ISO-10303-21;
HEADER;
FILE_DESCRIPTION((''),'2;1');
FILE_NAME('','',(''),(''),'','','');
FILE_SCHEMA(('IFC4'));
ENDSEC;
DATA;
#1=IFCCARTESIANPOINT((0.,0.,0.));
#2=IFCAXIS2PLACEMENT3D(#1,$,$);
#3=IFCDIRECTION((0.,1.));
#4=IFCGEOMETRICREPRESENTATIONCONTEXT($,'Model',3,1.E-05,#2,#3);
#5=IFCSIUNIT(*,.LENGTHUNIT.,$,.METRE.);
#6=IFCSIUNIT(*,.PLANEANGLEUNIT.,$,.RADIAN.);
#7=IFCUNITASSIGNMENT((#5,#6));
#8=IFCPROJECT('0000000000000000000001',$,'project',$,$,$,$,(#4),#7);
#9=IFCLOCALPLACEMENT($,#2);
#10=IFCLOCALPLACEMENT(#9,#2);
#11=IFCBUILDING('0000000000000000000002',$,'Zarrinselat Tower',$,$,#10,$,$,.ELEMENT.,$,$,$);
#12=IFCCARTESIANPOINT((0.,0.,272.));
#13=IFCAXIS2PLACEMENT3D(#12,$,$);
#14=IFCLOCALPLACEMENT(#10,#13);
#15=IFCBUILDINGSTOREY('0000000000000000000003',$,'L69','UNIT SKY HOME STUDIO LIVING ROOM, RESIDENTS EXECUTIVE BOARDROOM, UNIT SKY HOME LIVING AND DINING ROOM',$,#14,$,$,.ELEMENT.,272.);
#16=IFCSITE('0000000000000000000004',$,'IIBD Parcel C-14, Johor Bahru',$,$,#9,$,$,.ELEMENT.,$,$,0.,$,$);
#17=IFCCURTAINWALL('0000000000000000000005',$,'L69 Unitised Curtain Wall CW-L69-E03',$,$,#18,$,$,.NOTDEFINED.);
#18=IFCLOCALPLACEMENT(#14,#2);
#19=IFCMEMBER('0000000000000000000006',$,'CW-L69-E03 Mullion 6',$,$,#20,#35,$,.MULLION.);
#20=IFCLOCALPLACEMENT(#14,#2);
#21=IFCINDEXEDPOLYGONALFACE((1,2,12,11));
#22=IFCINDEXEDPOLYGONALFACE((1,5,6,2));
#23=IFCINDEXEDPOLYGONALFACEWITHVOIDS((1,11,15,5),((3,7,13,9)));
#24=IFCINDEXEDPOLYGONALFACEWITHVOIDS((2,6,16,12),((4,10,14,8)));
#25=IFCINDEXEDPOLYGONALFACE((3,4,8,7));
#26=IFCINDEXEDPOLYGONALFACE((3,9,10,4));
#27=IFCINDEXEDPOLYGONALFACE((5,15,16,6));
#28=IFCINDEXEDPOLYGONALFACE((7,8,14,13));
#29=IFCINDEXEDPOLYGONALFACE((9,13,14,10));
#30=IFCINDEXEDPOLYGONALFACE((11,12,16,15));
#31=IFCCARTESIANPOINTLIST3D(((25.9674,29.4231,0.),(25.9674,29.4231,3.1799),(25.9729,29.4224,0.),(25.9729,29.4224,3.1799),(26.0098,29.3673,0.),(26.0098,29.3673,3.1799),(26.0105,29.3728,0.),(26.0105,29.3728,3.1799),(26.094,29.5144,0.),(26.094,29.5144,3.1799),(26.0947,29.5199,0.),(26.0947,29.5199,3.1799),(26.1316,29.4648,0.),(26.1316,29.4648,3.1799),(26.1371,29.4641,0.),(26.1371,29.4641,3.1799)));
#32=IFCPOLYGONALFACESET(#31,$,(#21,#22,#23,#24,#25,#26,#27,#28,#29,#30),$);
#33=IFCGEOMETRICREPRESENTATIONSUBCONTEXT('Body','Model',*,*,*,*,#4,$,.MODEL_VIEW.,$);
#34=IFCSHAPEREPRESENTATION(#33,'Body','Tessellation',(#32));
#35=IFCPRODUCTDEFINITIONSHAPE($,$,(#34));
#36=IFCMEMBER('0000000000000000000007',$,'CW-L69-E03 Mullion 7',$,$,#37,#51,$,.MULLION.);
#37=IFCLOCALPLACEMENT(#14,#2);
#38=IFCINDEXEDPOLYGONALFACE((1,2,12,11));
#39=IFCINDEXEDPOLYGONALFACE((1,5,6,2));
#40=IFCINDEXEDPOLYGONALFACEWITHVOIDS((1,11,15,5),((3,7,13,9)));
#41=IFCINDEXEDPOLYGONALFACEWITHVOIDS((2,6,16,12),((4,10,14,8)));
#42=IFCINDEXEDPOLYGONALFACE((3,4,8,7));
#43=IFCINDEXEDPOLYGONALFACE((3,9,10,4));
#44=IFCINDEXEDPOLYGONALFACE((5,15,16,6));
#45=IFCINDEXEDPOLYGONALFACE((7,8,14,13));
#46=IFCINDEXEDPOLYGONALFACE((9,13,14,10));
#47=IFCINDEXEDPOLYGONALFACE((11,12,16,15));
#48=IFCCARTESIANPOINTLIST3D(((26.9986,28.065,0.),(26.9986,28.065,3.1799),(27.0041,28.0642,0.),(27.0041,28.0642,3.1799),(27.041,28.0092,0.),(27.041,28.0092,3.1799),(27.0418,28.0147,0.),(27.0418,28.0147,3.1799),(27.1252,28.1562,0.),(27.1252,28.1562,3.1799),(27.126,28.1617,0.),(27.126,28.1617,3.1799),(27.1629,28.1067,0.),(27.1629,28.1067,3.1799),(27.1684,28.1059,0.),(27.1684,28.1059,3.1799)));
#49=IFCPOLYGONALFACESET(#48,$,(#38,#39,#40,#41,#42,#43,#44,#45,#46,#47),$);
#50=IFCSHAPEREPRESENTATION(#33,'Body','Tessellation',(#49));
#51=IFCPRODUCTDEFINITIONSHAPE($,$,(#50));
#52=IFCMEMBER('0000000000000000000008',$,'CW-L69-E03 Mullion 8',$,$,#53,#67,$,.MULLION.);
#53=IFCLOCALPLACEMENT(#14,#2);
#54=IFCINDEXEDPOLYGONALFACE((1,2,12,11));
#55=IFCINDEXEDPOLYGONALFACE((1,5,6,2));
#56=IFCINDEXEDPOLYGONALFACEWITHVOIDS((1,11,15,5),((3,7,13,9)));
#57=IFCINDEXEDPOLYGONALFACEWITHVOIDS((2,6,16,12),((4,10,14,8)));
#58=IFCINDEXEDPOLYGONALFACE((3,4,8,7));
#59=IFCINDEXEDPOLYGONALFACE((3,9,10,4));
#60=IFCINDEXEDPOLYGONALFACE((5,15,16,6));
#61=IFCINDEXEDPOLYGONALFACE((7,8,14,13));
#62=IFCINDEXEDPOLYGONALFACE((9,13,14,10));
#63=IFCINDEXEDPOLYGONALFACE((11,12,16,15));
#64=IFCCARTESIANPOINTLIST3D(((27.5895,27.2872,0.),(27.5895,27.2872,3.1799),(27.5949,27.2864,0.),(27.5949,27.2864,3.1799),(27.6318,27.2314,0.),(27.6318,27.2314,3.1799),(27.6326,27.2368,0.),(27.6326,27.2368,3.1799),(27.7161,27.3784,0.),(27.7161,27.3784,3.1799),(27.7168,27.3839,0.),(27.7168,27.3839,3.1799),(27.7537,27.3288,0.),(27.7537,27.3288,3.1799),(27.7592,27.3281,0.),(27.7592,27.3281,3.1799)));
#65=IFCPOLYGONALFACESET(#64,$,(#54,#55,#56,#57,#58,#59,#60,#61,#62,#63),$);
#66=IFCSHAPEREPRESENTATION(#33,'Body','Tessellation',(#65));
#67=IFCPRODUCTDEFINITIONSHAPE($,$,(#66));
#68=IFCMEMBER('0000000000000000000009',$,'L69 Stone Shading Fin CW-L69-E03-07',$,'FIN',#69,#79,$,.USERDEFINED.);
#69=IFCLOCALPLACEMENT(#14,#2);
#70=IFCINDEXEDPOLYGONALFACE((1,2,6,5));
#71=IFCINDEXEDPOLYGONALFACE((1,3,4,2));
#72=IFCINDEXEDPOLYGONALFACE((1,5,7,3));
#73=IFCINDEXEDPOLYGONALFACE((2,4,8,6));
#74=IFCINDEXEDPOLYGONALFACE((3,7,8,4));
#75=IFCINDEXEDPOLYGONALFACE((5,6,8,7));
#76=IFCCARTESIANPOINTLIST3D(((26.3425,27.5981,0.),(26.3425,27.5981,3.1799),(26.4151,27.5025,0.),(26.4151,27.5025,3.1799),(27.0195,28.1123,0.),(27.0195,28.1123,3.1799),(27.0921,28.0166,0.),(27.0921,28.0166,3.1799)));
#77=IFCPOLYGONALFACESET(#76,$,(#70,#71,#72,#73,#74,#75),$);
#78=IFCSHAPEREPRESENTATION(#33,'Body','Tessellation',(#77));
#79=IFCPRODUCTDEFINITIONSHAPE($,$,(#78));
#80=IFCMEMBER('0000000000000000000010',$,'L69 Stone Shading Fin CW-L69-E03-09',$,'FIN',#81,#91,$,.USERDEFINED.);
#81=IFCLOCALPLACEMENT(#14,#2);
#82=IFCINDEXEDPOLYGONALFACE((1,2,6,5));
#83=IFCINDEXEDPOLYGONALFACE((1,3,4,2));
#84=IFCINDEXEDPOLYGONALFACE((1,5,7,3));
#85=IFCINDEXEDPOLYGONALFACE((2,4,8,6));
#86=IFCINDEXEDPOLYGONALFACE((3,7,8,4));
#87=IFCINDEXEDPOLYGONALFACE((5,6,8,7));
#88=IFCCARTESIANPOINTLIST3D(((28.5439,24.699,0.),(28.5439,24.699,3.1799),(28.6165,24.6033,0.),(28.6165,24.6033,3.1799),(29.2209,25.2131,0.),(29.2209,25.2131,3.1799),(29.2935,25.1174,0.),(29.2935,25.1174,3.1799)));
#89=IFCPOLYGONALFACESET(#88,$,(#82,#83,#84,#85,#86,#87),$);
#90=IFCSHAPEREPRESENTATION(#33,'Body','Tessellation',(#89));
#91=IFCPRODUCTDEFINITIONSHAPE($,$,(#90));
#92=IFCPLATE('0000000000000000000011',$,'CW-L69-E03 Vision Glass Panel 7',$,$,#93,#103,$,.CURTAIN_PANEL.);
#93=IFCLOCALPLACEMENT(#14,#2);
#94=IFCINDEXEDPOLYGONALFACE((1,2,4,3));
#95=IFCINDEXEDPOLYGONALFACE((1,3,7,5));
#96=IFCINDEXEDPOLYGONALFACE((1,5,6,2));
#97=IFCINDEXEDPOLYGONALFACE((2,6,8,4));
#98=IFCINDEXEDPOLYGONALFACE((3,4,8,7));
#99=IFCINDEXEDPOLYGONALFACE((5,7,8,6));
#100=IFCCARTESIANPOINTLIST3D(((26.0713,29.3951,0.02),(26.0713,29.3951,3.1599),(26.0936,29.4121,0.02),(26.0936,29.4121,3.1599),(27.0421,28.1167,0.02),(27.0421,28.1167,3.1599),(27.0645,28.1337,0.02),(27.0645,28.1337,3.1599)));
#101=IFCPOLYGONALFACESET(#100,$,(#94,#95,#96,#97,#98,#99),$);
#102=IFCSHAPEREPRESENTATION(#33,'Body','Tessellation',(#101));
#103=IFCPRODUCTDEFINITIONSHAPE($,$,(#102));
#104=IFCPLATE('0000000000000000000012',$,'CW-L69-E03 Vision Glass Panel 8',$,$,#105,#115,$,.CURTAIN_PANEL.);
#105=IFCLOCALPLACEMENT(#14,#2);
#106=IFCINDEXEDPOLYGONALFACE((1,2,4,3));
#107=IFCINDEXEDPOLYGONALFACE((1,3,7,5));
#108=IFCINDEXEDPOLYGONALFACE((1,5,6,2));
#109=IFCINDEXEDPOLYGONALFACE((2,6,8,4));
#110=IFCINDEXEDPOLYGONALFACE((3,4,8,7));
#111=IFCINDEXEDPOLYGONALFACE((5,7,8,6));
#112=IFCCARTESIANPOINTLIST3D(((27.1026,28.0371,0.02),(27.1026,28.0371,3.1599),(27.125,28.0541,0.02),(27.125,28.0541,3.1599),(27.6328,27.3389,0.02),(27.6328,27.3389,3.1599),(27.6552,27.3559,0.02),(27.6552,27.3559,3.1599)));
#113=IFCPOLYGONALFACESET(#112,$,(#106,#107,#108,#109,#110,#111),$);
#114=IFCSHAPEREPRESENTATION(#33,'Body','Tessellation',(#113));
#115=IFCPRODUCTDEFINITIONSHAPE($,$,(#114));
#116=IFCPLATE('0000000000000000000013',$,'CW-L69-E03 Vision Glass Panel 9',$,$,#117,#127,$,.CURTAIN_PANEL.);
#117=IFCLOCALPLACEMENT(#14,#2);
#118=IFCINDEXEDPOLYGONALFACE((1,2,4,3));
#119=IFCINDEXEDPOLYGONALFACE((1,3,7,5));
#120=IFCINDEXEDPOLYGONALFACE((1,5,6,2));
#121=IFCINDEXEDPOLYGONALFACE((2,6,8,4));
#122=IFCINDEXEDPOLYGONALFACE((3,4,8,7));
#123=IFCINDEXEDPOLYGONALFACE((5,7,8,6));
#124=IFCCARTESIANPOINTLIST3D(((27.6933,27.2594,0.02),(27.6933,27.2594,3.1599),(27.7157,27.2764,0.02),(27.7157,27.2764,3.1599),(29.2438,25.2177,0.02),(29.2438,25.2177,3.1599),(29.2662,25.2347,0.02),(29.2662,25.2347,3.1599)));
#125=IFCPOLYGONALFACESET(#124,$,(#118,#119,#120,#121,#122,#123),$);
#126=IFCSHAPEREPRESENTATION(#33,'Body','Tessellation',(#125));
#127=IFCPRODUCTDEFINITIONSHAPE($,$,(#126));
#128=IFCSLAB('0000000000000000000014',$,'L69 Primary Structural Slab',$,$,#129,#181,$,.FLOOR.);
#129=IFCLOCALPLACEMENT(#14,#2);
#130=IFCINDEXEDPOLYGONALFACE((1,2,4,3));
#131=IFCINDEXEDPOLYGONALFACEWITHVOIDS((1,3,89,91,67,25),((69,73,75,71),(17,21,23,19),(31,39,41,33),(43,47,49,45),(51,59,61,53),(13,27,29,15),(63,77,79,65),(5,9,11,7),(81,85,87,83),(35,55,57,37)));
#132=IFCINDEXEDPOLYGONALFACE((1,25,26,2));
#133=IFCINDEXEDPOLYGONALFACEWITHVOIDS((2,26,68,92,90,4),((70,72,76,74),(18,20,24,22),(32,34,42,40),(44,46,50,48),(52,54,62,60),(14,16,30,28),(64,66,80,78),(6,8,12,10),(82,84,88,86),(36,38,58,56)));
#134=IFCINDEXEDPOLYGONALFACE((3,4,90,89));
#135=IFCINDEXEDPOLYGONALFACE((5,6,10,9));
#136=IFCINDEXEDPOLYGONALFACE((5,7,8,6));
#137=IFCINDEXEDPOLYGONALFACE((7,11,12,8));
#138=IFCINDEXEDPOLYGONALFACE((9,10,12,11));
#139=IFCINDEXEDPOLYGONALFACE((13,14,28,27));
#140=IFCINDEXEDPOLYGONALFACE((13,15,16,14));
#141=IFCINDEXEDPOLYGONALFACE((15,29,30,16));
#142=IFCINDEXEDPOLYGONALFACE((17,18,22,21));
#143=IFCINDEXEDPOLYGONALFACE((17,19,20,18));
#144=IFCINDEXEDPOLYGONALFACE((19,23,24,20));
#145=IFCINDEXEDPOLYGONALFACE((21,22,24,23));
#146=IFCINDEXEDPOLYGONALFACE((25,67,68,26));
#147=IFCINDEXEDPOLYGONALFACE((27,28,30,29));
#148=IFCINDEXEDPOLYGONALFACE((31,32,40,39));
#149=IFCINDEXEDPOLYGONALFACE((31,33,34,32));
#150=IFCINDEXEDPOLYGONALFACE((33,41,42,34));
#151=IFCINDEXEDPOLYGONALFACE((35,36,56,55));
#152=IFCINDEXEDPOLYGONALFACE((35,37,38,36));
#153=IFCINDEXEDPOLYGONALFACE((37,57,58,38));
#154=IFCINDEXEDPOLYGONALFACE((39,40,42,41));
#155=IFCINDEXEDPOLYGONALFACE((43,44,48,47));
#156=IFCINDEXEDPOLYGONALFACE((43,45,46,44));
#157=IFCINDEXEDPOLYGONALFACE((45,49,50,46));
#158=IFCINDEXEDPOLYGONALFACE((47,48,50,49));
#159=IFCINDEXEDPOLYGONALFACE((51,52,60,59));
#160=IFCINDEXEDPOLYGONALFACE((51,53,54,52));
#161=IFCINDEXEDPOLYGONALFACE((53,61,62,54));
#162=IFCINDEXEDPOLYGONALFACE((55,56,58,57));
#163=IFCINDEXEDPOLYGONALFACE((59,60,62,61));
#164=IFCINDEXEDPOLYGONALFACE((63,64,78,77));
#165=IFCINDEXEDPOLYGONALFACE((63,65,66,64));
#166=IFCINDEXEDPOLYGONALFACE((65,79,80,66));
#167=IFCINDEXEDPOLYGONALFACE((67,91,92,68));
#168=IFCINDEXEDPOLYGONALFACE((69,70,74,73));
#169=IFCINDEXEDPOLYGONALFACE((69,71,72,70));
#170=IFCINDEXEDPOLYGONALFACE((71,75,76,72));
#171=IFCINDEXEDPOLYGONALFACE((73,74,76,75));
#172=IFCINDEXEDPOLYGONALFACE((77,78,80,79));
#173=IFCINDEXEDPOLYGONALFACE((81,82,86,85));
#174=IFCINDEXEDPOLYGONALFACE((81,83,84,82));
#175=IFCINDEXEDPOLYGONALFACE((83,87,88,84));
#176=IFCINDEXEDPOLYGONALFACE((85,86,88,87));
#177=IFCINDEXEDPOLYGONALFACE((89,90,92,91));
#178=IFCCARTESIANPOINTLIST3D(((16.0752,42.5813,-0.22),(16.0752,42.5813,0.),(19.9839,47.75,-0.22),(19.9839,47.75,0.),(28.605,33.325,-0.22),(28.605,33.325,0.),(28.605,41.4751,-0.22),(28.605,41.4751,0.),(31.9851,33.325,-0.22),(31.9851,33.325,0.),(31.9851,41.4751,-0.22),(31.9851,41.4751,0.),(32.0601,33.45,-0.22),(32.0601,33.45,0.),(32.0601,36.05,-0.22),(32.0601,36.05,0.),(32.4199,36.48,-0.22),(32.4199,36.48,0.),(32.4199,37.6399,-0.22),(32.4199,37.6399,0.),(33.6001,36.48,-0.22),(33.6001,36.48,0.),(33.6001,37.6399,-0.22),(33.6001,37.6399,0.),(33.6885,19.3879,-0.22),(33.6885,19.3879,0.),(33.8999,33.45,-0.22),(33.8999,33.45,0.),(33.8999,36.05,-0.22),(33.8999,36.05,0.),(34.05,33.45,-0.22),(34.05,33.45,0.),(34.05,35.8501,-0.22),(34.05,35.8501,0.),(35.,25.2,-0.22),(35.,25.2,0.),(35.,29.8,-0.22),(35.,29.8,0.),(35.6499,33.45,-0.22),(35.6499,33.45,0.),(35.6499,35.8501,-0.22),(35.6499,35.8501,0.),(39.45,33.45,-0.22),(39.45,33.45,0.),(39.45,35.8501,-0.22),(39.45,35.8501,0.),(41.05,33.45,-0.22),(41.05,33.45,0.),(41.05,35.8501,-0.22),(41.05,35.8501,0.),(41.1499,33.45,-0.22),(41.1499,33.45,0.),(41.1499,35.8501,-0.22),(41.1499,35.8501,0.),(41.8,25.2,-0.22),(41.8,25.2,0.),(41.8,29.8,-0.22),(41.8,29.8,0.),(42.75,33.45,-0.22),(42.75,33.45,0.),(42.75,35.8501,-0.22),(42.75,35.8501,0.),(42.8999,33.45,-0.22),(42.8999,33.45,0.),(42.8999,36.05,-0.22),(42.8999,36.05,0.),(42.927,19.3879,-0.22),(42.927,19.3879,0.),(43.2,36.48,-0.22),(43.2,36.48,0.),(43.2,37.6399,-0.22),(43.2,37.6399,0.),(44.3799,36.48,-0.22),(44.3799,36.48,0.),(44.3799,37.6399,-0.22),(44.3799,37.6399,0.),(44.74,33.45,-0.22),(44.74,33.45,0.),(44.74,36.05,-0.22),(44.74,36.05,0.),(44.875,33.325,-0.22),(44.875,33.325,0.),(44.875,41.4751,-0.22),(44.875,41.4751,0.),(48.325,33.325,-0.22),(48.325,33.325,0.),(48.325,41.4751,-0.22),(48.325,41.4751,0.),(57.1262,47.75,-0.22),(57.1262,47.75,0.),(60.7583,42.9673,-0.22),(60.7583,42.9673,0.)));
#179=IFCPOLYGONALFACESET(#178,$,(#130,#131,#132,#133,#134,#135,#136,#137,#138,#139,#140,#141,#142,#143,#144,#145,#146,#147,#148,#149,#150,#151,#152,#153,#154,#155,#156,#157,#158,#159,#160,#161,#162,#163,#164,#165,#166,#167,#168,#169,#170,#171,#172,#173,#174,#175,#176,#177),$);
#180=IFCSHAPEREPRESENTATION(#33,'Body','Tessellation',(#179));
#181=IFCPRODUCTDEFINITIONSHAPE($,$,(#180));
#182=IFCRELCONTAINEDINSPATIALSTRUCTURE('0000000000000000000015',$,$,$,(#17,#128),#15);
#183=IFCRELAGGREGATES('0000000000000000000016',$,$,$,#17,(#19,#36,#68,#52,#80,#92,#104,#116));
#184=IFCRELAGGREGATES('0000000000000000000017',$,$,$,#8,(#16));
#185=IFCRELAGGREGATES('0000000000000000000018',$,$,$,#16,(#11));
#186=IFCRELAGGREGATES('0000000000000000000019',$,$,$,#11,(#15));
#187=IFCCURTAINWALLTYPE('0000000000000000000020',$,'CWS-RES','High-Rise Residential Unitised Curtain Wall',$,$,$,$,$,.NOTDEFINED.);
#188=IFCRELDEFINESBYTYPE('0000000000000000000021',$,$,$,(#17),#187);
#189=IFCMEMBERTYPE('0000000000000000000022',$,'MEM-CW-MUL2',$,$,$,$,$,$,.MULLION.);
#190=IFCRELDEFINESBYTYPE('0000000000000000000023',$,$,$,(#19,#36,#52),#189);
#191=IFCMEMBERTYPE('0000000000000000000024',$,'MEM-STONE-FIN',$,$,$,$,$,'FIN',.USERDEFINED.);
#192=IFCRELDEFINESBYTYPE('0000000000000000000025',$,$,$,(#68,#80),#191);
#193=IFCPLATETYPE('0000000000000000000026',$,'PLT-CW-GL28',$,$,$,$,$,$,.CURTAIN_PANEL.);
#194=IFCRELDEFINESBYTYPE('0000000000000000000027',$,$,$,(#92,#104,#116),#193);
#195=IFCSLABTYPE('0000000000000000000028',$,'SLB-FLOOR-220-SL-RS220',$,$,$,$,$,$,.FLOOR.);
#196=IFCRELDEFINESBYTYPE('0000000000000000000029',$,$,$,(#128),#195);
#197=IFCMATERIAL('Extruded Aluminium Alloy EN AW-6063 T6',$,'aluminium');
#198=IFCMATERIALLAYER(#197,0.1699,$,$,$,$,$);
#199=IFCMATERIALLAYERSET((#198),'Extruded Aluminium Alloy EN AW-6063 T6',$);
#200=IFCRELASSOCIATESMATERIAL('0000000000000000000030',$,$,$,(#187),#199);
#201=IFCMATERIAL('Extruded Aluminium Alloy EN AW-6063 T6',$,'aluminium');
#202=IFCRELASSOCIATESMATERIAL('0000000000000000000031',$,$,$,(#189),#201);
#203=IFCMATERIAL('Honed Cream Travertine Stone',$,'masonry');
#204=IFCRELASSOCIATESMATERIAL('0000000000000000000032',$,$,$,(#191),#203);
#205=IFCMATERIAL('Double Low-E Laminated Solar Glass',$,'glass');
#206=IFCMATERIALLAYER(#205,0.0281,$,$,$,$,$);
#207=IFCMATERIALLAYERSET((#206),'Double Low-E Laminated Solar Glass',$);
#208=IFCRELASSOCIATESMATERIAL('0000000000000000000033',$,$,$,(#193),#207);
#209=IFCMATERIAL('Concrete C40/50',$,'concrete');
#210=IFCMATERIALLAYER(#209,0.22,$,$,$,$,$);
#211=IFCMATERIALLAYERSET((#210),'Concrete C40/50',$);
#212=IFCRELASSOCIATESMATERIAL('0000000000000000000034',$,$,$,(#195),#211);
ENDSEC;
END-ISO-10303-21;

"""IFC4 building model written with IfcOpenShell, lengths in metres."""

from ifc_helpers import new_model, si_unit, direction, frame, origin, origin_2d, place, context, subcontext, project, spatial, polyline, rectangle, hollow_rectangle, outline, extrude, material, layer, layer_set, material_profile, profile_set, type_object, element, aggregate, save


model = new_model("IFC4")

# Units and contexts
model_context = context("Model", 3, precision=1e-05, world=origin(), true_north=direction((0.0, 1.0)))
body_context = subcontext(model_context, "Body", "Model", "MODEL_VIEW")
ifc_project = project(units=[si_unit("LENGTHUNIT", "METRE"), si_unit("PLANEANGLEUNIT", "RADIAN")], contexts=[model_context])

# Site, building, storey
site_placement = place(None, origin())
site = spatial("IfcSite", under=ifc_project, at=site_placement, Name="IIBD Parcel C-14, Johor Bahru", CompositionType="ELEMENT", RefElevation=0.0)
building_placement = place(site_placement, origin())
building = spatial("IfcBuilding", under=site, at=building_placement, Name="Zarrinselat Tower", CompositionType="ELEMENT")
storey_placement = place(building_placement, frame((0.0, 0.0, 272.0)))
storey = spatial("IfcBuildingStorey", under=building, at=storey_placement, Name="L69", Description="UNIT SKY HOME STUDIO LIVING ROOM, RESIDENTS EXECUTIVE BOARDROOM, UNIT SKY HOME LIVING AND DINING ROOM", CompositionType="ELEMENT", Elevation=272.0)

# Curtain wall, members, plates
ifc_material_1 = material(Name="Extruded Aluminium Alloy EN AW-6063 T6", Category="aluminium")
ifc_layer_1 = layer(ifc_material_1, 0.1699)
ifc_layer_set_1 = layer_set([ifc_layer_1], Name="Extruded Aluminium Alloy EN AW-6063 T6")
curtain_wall_type = type_object("IfcCurtainWallType", Name="CWS-RES", Description="High-Rise Residential Unitised Curtain Wall", PredefinedType="NOTDEFINED", material=ifc_layer_set_1)
curtain_wall_placement = place(storey_placement, origin())
curtain_wall = element("IfcCurtainWall", 1, at=curtain_wall_placement, inside=storey, type_object=curtain_wall_type, Name="L69 Unitised Curtain Wall CW-L69-E03", PredefinedType="NOTDEFINED")
ifc_material_2 = material(Name="Extruded Aluminium Alloy EN AW-6063 T6", Category="aluminium")
ifc_material_profile_1 = material_profile(ifc_material_2, hollow_rectangle(XDim=0.0701, YDim=0.1599, WallThickness=0.0039, at=origin_2d()), Name="RHS 160x70x4")
ifc_profile_set_1 = profile_set([ifc_material_profile_1], Name="Extruded Aluminium Alloy EN AW-6063 T6")
member_type_1 = type_object("IfcMemberType", Name="MEM-CW-MUL2", PredefinedType="MULLION", material=ifc_profile_set_1)
member_1_placement = place(storey_placement, frame((26.0522, 29.4436, 0.0), z_axis=(0.0, 0.0, 1.0), x_axis=(0.604788, -0.796387, 0.0)))
member_1 = element("IfcMember", 2, at=member_1_placement, type_object=member_type_1, Name="CW-L69-E03 Mullion 6", PredefinedType="MULLION", context=body_context, shape_type="SweptSolid", body=[
    extrude(hollow_rectangle(XDim=0.0701, YDim=0.1599, WallThickness=0.0039, at=origin_2d()), origin(), (0.0, 0.0, 1.0), 3.1799),
])
member_2_placement = place(storey_placement, frame((27.0835, 28.0854, 0.0), z_axis=(0.0, 0.0, 1.0), x_axis=(0.604788, -0.796387, 0.0)))
member_2 = element("IfcMember", 3, at=member_2_placement, type_object=member_type_1, Name="CW-L69-E03 Mullion 7", PredefinedType="MULLION", context=body_context, shape_type="SweptSolid", body=[
    extrude(hollow_rectangle(XDim=0.0701, YDim=0.1599, WallThickness=0.0039, at=origin_2d()), origin(), (0.0, 0.0, 1.0), 3.1799),
])
member_3_placement = place(storey_placement, frame((27.6743, 27.3076, 0.0), z_axis=(0.0, 0.0, 1.0), x_axis=(0.604788, -0.796387, 0.0)))
member_3 = element("IfcMember", 4, at=member_3_placement, type_object=member_type_1, Name="CW-L69-E03 Mullion 8", PredefinedType="MULLION", context=body_context, shape_type="SweptSolid", body=[
    extrude(hollow_rectangle(XDim=0.0701, YDim=0.1599, WallThickness=0.0039, at=origin_2d()), origin(), (0.0, 0.0, 1.0), 3.1799),
])
ifc_material_3 = material(Name="Honed Cream Travertine Stone", Category="masonry")
ifc_material_profile_2 = material_profile(ifc_material_3, rectangle(XDim=0.1201, YDim=0.8501, at=origin_2d()), Name="FIN 850x120")
ifc_profile_set_2 = profile_set([ifc_material_profile_2], Name="Honed Cream Travertine Stone")
member_type_2 = type_object("IfcMemberType", Name="MEM-STONE-FIN", ElementType="FIN", PredefinedType="USERDEFINED", material=ifc_profile_set_2)
member_4_placement = place(storey_placement, frame((26.7173, 27.8074, 0.0), z_axis=(0.0, 0.0, 1.0), x_axis=(-0.604788, 0.796387, 0.0)))
member_4 = element("IfcMember", 5, at=member_4_placement, type_object=member_type_2, Name="L69 Stone Shading Fin CW-L69-E03-07", ObjectType="FIN", PredefinedType="USERDEFINED", context=body_context, shape_type="SweptSolid", body=[
    extrude(rectangle(XDim=0.1201, YDim=0.8501, at=origin_2d()), origin(), (0.0, 0.0, 1.0), 3.1799),
])
member_5_placement = place(storey_placement, frame((28.9187, 24.9082, 0.0), z_axis=(0.0, 0.0, 1.0), x_axis=(-0.604788, 0.796387, 0.0)))
member_5 = element("IfcMember", 6, at=member_5_placement, type_object=member_type_2, Name="L69 Stone Shading Fin CW-L69-E03-09", ObjectType="FIN", PredefinedType="USERDEFINED", context=body_context, shape_type="SweptSolid", body=[
    extrude(rectangle(XDim=0.1201, YDim=0.8501, at=origin_2d()), origin(), (0.0, 0.0, 1.0), 3.1799),
])
ifc_material_4 = material(Name="Double Low-E Laminated Solar Glass", Category="glass")
ifc_layer_2 = layer(ifc_material_4, 0.0281)
ifc_layer_set_2 = layer_set([ifc_layer_2], Name="Double Low-E Laminated Solar Glass")
plate_type = type_object("IfcPlateType", Name="PLT-CW-GL28", PredefinedType="CURTAIN_PANEL", material=ifc_layer_set_2)
plate_1_placement = place(storey_placement, frame((26.5679, 28.7644, 0.02), z_axis=(0.0, 0.0, 1.0), x_axis=(0.604788, -0.796387, 0.0)))
plate_1 = element("IfcPlate", 7, at=plate_1_placement, type_object=plate_type, Name="CW-L69-E03 Vision Glass Panel 7", PredefinedType="CURTAIN_PANEL", context=body_context, shape_type="SweptSolid", body=[
    extrude(rectangle(XDim=1.6052, YDim=0.0281, at=origin_2d()), origin(), (0.0, 0.0, 1.0), 3.1399),
])
plate_2_placement = place(storey_placement, frame((27.3789, 27.6965, 0.02), z_axis=(0.0, 0.0, 1.0), x_axis=(0.604788, -0.796387, 0.0)))
plate_2 = element("IfcPlate", 8, at=plate_2_placement, type_object=plate_type, Name="CW-L69-E03 Vision Glass Panel 8", PredefinedType="CURTAIN_PANEL", context=body_context, shape_type="SweptSolid", body=[
    extrude(rectangle(XDim=0.8767, YDim=0.0281, at=origin_2d()), origin(), (0.0, 0.0, 1.0), 3.1399),
])
plate_3_placement = place(storey_placement, frame((28.4797, 26.2471, 0.02), z_axis=(0.0, 0.0, 1.0), x_axis=(0.604788, -0.796387, 0.0)))
plate_3 = element("IfcPlate", 9, at=plate_3_placement, type_object=plate_type, Name="CW-L69-E03 Vision Glass Panel 9", PredefinedType="CURTAIN_PANEL", context=body_context, shape_type="SweptSolid", body=[
    extrude(rectangle(XDim=2.5637, YDim=0.0281, at=origin_2d()), origin(), (0.0, 0.0, 1.0), 3.1399),
])
aggregate(curtain_wall, [member_1, member_2, member_4, member_3, member_5, plate_1, plate_2, plate_3])

# Slab
ifc_material_5 = material(Name="Concrete C40/50", Category="concrete")
ifc_layer_3 = layer(ifc_material_5, 0.22)
ifc_layer_set_3 = layer_set([ifc_layer_3], Name="Concrete C40/50")
slab_type_1 = type_object("IfcSlabType", Name="SLB-FLOOR-220-SL-RS220", PredefinedType="FLOOR", material=ifc_layer_set_3)
slab_1_placement = place(storey_placement, frame((0.0, 0.0, -0.22)))
element("IfcSlab", 10, at=slab_1_placement, inside=storey, type_object=slab_type_1, Name="L69 Primary Structural Slab", PredefinedType="FLOOR", context=body_context, shape_type="SweptSolid", body=[
    extrude(outline(polyline([(57.1262, 47.75), (19.9839, 47.75), (16.0752, 42.5813), (33.6885, 19.3879), (42.927, 19.3879), (60.7583, 42.9673), (57.1262, 47.75)]), holes=[polyline([(41.8, 25.2), (35.0, 25.2), (35.0, 29.8), (41.8, 29.8), (41.8, 25.2)]), polyline([(35.6499, 33.45), (34.05, 33.45), (34.05, 35.8501), (35.6499, 35.8501), (35.6499, 33.45)]), polyline([(41.05, 33.45), (39.45, 33.45), (39.45, 35.8501), (41.05, 35.8501), (41.05, 33.45)]), polyline([(41.1499, 33.45), (41.1499, 35.8501), (42.75, 35.8501), (42.75, 33.45), (41.1499, 33.45)]), polyline([(32.0601, 33.45), (32.0601, 36.05), (33.8999, 36.05), (33.8999, 33.45), (32.0601, 33.45)]), polyline([(44.74, 33.45), (42.8999, 33.45), (42.8999, 36.05), (44.74, 36.05), (44.74, 33.45)]), polyline([(33.6001, 36.48), (32.4199, 36.48), (32.4199, 37.6399), (33.6001, 37.6399), (33.6001, 36.48)]), polyline([(44.3799, 36.48), (43.2, 36.48), (43.2, 37.6399), (44.3799, 37.6399), (44.3799, 36.48)]), polyline([(31.9851, 33.325), (28.605, 33.325), (28.605, 41.4751), (31.9851, 41.4751), (31.9851, 33.325)]), polyline([(48.325, 33.325), (44.875, 33.325), (44.875, 41.4751), (48.325, 41.4751), (48.325, 33.325)])]), origin(), (0.0, 0.0, 1.0), 0.22),
])

save(model, "model.ifc")
